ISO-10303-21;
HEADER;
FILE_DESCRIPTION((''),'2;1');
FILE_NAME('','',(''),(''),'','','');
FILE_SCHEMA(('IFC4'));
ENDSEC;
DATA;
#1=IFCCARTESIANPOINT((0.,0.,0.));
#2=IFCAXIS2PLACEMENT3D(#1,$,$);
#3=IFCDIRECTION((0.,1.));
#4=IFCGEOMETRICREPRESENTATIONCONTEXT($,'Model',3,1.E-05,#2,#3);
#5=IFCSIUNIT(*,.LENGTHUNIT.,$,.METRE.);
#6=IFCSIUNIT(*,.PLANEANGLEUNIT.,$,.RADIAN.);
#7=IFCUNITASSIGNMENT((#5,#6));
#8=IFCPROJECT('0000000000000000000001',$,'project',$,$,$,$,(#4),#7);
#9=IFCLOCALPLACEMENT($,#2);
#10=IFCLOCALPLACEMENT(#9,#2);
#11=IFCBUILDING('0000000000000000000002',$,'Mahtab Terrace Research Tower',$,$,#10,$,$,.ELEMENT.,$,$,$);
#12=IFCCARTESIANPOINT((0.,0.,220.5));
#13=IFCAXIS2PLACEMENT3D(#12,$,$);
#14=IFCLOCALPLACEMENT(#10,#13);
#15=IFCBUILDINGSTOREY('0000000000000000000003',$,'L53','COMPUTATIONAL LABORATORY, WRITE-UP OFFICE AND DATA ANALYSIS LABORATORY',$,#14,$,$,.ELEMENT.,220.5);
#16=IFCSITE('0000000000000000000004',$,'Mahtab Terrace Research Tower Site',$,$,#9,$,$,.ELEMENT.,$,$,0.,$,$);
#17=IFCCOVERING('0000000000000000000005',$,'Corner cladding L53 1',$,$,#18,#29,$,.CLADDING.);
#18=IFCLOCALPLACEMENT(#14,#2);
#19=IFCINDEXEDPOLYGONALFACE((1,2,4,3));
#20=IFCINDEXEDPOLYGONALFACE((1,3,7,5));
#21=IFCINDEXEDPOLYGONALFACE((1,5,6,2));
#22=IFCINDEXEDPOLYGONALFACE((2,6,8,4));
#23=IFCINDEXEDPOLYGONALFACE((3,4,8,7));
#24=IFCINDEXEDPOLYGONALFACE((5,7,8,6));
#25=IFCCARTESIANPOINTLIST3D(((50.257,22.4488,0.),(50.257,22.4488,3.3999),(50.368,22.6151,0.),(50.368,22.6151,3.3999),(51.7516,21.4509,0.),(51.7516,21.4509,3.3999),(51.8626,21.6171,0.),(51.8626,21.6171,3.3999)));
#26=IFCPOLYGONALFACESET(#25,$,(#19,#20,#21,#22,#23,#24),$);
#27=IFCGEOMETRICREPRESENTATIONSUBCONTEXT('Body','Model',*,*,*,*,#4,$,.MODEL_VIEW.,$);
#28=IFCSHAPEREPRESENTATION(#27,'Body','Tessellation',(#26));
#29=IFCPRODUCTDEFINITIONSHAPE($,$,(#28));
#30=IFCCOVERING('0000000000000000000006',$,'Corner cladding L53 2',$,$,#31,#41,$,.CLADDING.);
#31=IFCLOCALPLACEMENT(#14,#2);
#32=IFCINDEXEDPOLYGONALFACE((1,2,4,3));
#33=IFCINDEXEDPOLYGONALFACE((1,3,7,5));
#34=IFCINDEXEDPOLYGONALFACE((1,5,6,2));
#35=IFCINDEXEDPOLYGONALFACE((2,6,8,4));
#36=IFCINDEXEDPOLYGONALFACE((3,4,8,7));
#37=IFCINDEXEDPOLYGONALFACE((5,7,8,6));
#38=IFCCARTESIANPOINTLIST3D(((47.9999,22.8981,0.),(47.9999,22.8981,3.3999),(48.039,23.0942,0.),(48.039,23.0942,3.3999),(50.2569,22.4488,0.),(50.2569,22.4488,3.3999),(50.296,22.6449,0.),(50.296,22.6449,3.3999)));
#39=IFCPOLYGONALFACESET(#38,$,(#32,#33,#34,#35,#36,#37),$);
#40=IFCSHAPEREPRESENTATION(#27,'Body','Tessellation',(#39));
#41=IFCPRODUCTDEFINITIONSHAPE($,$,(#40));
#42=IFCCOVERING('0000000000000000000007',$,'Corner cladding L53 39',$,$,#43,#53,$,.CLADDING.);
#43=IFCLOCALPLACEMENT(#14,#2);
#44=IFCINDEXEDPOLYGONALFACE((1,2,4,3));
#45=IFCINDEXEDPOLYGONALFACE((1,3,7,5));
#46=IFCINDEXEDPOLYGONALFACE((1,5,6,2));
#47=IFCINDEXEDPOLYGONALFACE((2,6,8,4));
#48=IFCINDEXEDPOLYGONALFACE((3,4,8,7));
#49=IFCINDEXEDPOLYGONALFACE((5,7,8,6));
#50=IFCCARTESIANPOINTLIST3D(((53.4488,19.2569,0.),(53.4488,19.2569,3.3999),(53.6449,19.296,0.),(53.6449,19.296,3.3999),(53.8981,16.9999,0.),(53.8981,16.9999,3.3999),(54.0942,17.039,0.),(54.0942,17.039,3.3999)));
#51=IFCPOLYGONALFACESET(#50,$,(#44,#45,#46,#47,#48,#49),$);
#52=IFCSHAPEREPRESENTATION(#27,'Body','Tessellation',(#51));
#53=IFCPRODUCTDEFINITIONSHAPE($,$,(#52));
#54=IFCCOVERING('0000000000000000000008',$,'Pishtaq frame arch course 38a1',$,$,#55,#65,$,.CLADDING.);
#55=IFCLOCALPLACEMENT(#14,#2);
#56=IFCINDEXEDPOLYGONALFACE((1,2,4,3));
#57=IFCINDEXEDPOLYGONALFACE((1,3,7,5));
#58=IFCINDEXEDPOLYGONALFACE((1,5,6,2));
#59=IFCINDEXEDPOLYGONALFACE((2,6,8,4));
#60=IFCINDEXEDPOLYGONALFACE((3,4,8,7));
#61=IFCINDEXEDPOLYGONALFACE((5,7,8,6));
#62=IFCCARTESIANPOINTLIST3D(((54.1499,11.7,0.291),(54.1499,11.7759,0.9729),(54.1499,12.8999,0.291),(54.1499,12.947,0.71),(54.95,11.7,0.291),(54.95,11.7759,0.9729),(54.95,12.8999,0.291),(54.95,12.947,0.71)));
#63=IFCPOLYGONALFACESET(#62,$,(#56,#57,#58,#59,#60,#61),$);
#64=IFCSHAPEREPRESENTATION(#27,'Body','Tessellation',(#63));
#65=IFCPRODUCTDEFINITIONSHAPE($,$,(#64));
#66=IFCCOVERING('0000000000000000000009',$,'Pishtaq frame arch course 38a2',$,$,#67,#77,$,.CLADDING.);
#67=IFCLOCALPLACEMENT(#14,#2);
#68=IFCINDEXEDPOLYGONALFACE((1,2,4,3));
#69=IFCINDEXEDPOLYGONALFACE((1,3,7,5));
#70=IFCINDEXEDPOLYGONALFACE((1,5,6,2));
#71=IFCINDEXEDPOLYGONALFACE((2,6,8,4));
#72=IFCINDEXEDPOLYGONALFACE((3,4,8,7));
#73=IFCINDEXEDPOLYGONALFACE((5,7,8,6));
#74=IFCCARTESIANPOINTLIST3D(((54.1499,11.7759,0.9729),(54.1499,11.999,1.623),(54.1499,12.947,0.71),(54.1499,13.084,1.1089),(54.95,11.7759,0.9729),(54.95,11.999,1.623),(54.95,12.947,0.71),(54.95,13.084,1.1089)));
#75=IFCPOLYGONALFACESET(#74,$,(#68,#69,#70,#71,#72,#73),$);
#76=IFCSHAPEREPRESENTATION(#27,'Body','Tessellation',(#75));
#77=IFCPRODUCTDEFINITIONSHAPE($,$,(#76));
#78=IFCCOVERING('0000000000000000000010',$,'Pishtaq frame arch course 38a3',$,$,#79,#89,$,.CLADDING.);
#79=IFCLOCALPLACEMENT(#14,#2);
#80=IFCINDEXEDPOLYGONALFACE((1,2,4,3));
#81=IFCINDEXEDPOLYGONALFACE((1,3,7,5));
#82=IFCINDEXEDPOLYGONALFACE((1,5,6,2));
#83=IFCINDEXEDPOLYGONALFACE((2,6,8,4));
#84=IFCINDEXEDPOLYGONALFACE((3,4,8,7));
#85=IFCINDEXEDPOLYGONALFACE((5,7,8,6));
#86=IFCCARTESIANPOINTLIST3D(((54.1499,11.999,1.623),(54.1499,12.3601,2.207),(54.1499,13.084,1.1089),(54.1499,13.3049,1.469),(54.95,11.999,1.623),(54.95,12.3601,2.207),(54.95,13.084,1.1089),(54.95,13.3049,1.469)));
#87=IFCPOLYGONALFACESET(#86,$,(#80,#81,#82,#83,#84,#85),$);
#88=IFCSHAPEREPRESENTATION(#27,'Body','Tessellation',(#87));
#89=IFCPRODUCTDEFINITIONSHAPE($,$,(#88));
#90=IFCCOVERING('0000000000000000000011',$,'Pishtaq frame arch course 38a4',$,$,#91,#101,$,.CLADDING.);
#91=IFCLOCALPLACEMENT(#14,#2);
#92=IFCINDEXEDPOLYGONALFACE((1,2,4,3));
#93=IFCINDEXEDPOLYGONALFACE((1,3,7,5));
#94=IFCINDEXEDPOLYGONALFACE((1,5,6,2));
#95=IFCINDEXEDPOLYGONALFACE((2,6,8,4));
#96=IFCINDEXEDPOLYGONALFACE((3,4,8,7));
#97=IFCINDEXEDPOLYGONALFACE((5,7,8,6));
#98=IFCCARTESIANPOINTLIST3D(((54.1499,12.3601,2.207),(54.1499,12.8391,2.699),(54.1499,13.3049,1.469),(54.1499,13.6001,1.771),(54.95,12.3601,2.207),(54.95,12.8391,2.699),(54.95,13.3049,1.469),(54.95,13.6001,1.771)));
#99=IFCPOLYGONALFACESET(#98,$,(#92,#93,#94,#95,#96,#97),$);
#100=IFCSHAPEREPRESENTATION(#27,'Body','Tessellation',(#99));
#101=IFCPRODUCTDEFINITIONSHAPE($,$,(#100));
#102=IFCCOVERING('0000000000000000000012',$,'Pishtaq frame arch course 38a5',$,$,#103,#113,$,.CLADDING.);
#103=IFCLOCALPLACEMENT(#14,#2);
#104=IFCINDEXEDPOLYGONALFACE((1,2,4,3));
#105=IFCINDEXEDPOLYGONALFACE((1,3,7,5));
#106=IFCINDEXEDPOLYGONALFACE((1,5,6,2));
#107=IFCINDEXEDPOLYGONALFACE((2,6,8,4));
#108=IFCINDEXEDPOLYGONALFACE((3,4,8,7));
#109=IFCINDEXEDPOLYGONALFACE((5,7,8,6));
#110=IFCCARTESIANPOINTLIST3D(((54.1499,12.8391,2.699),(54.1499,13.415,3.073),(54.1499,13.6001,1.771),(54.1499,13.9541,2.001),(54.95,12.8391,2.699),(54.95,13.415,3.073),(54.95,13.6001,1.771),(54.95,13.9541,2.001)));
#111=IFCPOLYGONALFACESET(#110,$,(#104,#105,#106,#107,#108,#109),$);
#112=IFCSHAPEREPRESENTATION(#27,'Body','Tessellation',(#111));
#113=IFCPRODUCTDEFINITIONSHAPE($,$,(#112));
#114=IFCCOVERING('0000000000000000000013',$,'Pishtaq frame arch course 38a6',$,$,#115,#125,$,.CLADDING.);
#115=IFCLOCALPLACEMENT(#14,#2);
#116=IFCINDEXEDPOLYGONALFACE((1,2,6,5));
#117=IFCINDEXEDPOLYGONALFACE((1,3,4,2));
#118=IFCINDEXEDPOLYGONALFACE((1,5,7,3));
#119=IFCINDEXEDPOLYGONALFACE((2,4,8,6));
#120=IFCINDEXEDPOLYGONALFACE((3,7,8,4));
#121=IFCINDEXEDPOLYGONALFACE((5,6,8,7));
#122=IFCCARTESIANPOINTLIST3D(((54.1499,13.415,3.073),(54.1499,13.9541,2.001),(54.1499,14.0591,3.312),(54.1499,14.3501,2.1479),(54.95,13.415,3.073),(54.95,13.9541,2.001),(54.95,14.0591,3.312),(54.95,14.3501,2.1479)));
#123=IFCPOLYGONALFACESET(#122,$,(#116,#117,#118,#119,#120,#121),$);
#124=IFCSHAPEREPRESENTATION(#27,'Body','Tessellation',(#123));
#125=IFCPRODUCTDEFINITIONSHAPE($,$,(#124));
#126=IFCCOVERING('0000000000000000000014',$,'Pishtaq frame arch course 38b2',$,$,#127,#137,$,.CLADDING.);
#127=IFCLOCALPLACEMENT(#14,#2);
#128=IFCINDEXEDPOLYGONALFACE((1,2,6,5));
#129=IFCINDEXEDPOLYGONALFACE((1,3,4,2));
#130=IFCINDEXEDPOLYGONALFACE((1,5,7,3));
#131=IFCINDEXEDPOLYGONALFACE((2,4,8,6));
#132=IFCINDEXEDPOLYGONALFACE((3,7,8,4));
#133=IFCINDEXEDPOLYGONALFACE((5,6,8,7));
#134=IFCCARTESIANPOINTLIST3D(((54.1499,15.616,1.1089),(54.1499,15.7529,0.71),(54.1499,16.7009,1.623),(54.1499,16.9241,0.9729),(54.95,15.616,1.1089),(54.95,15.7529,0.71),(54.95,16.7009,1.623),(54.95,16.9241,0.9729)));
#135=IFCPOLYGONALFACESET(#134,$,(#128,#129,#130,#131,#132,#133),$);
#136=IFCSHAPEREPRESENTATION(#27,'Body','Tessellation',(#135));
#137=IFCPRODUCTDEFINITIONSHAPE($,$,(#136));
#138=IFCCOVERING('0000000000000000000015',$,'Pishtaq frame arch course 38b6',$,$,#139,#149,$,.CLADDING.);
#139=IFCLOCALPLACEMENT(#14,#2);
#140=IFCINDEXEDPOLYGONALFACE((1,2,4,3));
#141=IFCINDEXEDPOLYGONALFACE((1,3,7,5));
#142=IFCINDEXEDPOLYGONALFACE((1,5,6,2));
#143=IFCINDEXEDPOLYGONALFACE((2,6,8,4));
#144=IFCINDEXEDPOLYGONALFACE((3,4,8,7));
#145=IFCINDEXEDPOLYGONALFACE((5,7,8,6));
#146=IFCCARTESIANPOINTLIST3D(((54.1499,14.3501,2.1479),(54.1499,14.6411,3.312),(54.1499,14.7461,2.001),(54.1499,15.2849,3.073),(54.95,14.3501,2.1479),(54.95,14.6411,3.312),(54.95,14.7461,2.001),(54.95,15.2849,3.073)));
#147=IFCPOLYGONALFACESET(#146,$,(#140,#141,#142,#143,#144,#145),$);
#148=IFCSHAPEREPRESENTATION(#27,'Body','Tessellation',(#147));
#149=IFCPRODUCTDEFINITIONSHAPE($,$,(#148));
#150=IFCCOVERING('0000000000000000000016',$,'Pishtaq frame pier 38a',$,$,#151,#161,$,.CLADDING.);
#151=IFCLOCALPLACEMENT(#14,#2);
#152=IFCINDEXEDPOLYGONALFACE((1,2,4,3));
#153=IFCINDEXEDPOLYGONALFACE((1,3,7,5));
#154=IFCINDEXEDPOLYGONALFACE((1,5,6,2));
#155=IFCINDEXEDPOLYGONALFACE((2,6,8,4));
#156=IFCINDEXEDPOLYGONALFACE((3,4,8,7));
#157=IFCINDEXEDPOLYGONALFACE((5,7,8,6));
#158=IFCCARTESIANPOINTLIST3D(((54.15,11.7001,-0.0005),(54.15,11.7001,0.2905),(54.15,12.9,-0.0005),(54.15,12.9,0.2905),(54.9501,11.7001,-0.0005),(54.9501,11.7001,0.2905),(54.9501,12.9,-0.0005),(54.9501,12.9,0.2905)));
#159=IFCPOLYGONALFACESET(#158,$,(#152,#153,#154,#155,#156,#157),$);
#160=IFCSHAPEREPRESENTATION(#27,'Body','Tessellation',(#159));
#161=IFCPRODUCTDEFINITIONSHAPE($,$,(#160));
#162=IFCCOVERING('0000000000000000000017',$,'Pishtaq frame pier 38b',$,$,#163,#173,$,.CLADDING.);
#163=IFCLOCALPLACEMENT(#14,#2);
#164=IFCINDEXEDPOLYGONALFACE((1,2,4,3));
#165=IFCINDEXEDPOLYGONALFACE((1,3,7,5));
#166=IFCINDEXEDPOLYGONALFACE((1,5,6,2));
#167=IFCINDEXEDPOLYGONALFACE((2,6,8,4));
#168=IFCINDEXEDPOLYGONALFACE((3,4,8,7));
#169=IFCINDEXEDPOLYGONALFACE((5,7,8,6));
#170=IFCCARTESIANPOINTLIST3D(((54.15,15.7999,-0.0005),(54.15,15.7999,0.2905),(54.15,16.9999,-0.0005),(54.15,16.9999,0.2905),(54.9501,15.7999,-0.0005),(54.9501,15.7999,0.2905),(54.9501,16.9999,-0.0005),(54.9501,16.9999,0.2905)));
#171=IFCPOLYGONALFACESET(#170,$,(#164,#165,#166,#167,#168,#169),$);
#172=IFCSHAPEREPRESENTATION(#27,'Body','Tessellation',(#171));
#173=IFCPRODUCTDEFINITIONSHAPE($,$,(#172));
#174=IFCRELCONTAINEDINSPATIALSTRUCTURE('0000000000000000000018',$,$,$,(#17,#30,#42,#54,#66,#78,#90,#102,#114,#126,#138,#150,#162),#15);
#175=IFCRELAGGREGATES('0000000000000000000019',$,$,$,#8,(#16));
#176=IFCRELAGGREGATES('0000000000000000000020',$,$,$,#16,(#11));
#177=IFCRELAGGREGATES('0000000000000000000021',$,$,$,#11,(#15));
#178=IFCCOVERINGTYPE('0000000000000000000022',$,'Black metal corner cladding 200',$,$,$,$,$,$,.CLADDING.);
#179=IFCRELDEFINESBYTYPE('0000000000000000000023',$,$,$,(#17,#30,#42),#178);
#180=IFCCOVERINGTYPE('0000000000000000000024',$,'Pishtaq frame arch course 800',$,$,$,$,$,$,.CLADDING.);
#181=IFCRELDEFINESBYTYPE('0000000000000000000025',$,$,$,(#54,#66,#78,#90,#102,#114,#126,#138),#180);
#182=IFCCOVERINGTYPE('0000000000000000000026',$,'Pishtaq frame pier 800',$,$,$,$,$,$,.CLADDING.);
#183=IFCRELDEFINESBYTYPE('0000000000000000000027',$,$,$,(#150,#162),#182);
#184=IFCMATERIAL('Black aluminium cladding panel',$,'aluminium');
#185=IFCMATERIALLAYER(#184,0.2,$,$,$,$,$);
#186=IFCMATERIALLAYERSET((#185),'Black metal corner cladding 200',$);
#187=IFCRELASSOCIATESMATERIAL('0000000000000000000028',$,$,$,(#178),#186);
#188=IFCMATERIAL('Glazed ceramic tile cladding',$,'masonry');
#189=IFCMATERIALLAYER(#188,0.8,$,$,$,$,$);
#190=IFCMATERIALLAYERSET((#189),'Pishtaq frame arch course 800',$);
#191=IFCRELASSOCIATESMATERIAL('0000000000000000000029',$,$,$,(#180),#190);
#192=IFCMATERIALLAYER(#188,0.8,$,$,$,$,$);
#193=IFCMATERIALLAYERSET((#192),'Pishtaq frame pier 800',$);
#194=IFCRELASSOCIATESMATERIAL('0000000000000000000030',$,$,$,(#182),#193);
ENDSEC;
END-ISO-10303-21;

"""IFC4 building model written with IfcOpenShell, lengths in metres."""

from ifc_helpers import new_model, si_unit, direction, frame, origin, origin_2d, place, context, subcontext, project, spatial, polyline, rectangle, outline, extrude, material, layer, layer_set, type_object, element, save


model = new_model("IFC4")

# Units and contexts
model_context = context("Model", 3, precision=1e-05, world=origin(), true_north=direction((0.0, 1.0)))
body_context = subcontext(model_context, "Body", "Model", "MODEL_VIEW")
ifc_project = project(units=[si_unit("LENGTHUNIT", "METRE"), si_unit("PLANEANGLEUNIT", "RADIAN")], contexts=[model_context])

# Site, building, storey
site_placement = place(None, origin())
site = spatial("IfcSite", under=ifc_project, at=site_placement, Name="Mahtab Terrace Research Tower Site", CompositionType="ELEMENT", RefElevation=0.0)
building_placement = place(site_placement, origin())
building = spatial("IfcBuilding", under=site, at=building_placement, Name="Mahtab Terrace Research Tower", CompositionType="ELEMENT")
storey_placement = place(building_placement, frame((0.0, 0.0, 220.5)))
storey = spatial("IfcBuildingStorey", under=building, at=storey_placement, Name="L53", Description="COMPUTATIONAL LABORATORY, WRITE-UP OFFICE AND DATA ANALYSIS LABORATORY", CompositionType="ELEMENT", Elevation=220.5)

# Shared definitions
ifc_material_1 = material(Name="Black aluminium cladding panel", Category="aluminium")

# Coverings
ifc_layer_1 = layer(ifc_material_1, 0.2)
ifc_layer_set_1 = layer_set([ifc_layer_1], Name="Black metal corner cladding 200")
covering_type_1 = type_object("IfcCoveringType", Name="Black metal corner cladding 200", PredefinedType="CLADDING", material=ifc_layer_set_1)
covering_1_placement = place(storey_placement, frame((51.0598, 22.033, 0.0), z_axis=(0.0, 0.0, 1.0), x_axis=(-0.831656, 0.555291, 0.0)))
element("IfcCovering", 1, at=covering_1_placement, inside=storey, type_object=covering_type_1, Name="Corner cladding L53 1", PredefinedType="CLADDING", context=body_context, shape_type="SweptSolid", body=[
    extrude(rectangle(XDim=1.7971, YDim=0.2, at=origin_2d()), origin(), (0.0, 0.0, 1.0), 3.3999),
])
for number, where, z_axis, x_axis, name in (
    (2, (49.1479, 22.7715, 0.0), (0.0, 0.0, 1.0), (-0.980761, 0.195212, 0.0), "Corner cladding L53 2"),
    (3, (53.7715, 18.1479, 0.0), (0.0, 0.0, 1.0), (-0.195212, 0.980761, 0.0), "Corner cladding L53 39"),
):
    element("IfcCovering", number, at=place(storey_placement, frame(where, z_axis=z_axis, x_axis=x_axis)), inside=storey, type_object=covering_type_1, Name=name, PredefinedType="CLADDING", context=body_context, shape_type="SweptSolid", body=[
        extrude(rectangle(XDim=2.3013, YDim=0.2, at=origin_2d()), origin(), (0.0, 0.0, 1.0), 3.3999),
    ])
ifc_material_2 = material(Name="Glazed ceramic tile cladding", Category="masonry")
ifc_layer_2 = layer(ifc_material_2, 0.8)
ifc_layer_set_2 = layer_set([ifc_layer_2], Name="Pishtaq frame arch course 800")
covering_type_2 = type_object("IfcCoveringType", Name="Pishtaq frame arch course 800", PredefinedType="CLADDING", material=ifc_layer_set_2)
covering_2_placement = place(storey_placement, frame((54.1499, 11.7, 0.291), z_axis=(-1.0, 0.0, 0.0), x_axis=(0.0, 0.110666, 0.993858)))
element("IfcCovering", 4, at=covering_2_placement, inside=storey, type_object=covering_type_2, Name="Pishtaq frame arch course 38a1", PredefinedType="CLADDING", context=body_context, shape_type="SweptSolid", body=[
    extrude(outline(polyline([(0.0, 0.0), (0.6861, 0.0), (0.5544, 1.193), (0.1328, 1.1926), (0.0, 0.0)])), origin(), (0.0, 0.0, -1.0), 0.8),
])
covering_3_placement = place(storey_placement, frame((54.1499, 11.7759, 0.9729), z_axis=(-1.0, 0.0, 0.0), x_axis=(0.0, 0.324633, 0.94584)))
element("IfcCovering", 5, at=covering_3_placement, inside=storey, type_object=covering_type_2, Name="Pishtaq frame arch course 38a2", PredefinedType="CLADDING", context=body_context, shape_type="SweptSolid", body=[
    extrude(outline(polyline([(0.0, 0.0), (0.6874, 0.0), (0.5533, 1.1931), (0.1315, 1.1931), (0.0, 0.0)])), origin(), (0.0, 0.0, -1.0), 0.8),
])
covering_4_placement = place(storey_placement, frame((54.1499, 11.999, 1.623), z_axis=(-1.0, 0.0, 0.0), x_axis=(0.0, 0.525902, 0.850545)))
element("IfcCovering", 6, at=covering_4_placement, inside=storey, type_object=covering_type_2, Name="Pishtaq frame arch course 38a3", PredefinedType="CLADDING", context=body_context, shape_type="SweptSolid", body=[
    extrude(outline(polyline([(0.0, 0.0), (0.6866, 0.0), (0.5558, 1.1918), (0.1333, 1.1932), (0.0, 0.0)])), origin(), (0.0, 0.0, -1.0), 0.8),
])
covering_5_placement = place(storey_placement, frame((54.1499, 12.3601, 2.207), z_axis=(-1.0, 0.0, 0.0), x_axis=(0.0, 0.697621, 0.716467)))
element("IfcCovering", 7, at=covering_5_placement, inside=storey, type_object=covering_type_2, Name="Pishtaq frame arch course 38a4", PredefinedType="CLADDING", context=body_context, shape_type="SweptSolid", body=[
    extrude(outline(polyline([(0.0, 0.0), (0.6866, 0.0), (0.5526, 1.1926), (0.1304, 1.1918), (0.0, 0.0)])), origin(), (0.0, 0.0, -1.0), 0.8),
])
covering_6_placement = place(storey_placement, frame((54.1499, 12.8391, 2.699), z_axis=(-1.0, 0.0, 0.0), x_axis=(0.0, 0.838663, 0.544651)))
element("IfcCovering", 8, at=covering_6_placement, inside=storey, type_object=covering_type_2, Name="Pishtaq frame arch course 38a5", PredefinedType="CLADDING", context=body_context, shape_type="SweptSolid", body=[
    extrude(outline(polyline([(0.0, 0.0), (0.6867, 0.0), (0.5549, 1.1927), (0.1328, 1.1927), (0.0, 0.0)])), origin(), (0.0, 0.0, -1.0), 0.8),
])
covering_7_placement = place(storey_placement, frame((54.1499, 13.415, 3.073), z_axis=(-1.0, 0.0, 0.0), x_axis=(0.0, 0.937521, 0.347928)))
element("IfcCovering", 9, at=covering_7_placement, inside=storey, type_object=covering_type_2, Name="Pishtaq frame arch course 38a6", PredefinedType="CLADDING", context=body_context, shape_type="SweptSolid", body=[
    extrude(outline(polyline([(0.0, 0.0), (0.687, 0.0), (0.5548, 1.1926), (0.1324, 1.1926), (0.0, 0.0)])), origin(), (0.0, 0.0, -1.0), 0.8),
])
covering_8_placement = place(storey_placement, frame((54.1499, 15.7529, 0.71), z_axis=(-1.0, 0.0, 0.0), x_axis=(0.0, -0.324724, 0.945809)))
element("IfcCovering", 10, at=covering_8_placement, inside=storey, type_object=covering_type_2, Name="Pishtaq frame arch course 38b2", PredefinedType="CLADDING", context=body_context, shape_type="SweptSolid", body=[
    extrude(outline(polyline([(0.0, 0.0), (0.4218, 0.0), (0.5558, 1.1931), (-0.1316, 1.1931), (0.0, 0.0)])), origin(), (0.0, 0.0, -1.0), 0.8),
])
covering_9_placement = place(storey_placement, frame((54.1499, 14.7461, 2.001), z_axis=(-1.0, 0.0, 0.0), x_axis=(0.0, -0.937511, 0.347954)))
element("IfcCovering", 11, at=covering_9_placement, inside=storey, type_object=covering_type_2, Name="Pishtaq frame arch course 38b6", PredefinedType="CLADDING", context=body_context, shape_type="SweptSolid", body=[
    extrude(outline(polyline([(0.0, 0.0), (0.4224, 0.0), (0.5546, 1.1926), (-0.1321, 1.1925), (0.0, 0.0)])), origin(), (0.0, 0.0, -1.0), 0.8),
])
ifc_layer_3 = layer(ifc_material_2, 0.8)
ifc_layer_set_3 = layer_set([ifc_layer_3], Name="Pishtaq frame pier 800")
covering_type_3 = type_object("IfcCoveringType", Name="Pishtaq frame pier 800", PredefinedType="CLADDING", material=ifc_layer_set_3)
for number, where, z_axis, x_axis, name in (
    (12, (54.55, 12.3, -0.0005), (0.0, 0.0, 1.0), (0.0, 1.0, 0.0), "Pishtaq frame pier 38a"),
    (13, (54.55, 16.3999, -0.0005), (0.0, 0.0, 1.0), (0.0, 1.0, 0.0), "Pishtaq frame pier 38b"),
):
    element("IfcCovering", number, at=place(storey_placement, frame(where, z_axis=z_axis, x_axis=x_axis)), inside=storey, type_object=covering_type_3, Name=name, PredefinedType="CLADDING", context=body_context, shape_type="SweptSolid", body=[
        extrude(rectangle(XDim=1.2, YDim=0.8, at=origin_2d()), origin(), (0.0, 0.0, 1.0), 0.291),
    ])

save(model, "model.ifc")
